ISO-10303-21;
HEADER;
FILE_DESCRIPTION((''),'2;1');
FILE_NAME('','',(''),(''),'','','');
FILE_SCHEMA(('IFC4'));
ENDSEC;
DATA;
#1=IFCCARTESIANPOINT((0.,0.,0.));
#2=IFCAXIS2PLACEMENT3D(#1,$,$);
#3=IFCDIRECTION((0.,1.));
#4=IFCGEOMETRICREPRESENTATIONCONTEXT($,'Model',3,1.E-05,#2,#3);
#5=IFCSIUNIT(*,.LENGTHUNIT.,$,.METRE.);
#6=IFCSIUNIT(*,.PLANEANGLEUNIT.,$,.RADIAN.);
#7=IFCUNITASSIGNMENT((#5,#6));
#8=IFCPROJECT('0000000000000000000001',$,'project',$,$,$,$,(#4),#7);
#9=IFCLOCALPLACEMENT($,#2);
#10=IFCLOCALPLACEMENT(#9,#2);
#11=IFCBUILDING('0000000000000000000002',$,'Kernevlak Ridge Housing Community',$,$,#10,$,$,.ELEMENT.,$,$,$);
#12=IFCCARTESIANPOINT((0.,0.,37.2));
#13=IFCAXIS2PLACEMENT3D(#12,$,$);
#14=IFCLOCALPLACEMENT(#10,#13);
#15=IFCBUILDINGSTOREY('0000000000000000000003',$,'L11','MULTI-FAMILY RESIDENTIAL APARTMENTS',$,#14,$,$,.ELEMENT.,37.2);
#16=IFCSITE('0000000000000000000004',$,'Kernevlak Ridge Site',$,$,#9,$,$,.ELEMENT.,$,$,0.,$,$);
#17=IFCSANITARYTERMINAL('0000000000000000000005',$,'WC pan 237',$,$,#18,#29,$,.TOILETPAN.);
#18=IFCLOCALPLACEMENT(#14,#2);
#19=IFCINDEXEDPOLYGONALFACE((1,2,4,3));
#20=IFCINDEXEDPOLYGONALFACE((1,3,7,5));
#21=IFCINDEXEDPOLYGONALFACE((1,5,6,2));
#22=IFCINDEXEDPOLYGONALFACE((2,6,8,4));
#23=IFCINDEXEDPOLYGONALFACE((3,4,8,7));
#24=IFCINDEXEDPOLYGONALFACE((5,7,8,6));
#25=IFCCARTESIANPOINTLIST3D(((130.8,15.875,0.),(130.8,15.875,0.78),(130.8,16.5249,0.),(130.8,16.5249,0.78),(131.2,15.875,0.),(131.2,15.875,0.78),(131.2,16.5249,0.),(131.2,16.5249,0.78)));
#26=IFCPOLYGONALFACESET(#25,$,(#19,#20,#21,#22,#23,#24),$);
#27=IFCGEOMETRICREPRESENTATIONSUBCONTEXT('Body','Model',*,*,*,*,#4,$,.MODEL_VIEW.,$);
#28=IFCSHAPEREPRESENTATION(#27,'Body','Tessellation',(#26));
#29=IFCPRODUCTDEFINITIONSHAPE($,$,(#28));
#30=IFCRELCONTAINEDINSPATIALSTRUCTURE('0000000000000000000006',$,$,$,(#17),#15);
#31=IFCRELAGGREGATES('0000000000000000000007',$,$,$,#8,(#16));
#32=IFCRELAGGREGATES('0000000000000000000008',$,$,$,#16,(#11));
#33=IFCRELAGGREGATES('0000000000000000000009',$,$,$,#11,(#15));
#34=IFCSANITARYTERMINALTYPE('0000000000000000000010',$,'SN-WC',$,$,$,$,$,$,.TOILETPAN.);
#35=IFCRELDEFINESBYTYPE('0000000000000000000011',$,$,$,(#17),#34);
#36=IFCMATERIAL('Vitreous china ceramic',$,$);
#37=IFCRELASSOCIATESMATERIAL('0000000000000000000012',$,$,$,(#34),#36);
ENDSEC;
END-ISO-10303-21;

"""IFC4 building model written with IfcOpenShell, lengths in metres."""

from ifc_helpers import new_model, si_unit, direction, frame, origin, origin_2d, place, context, subcontext, project, spatial, rectangle, extrude, material, type_object, element, save


model = new_model("IFC4")

# Units and contexts
model_context = context("Model", 3, precision=1e-05, world=origin(), true_north=direction((0.0, 1.0)))
body_context = subcontext(model_context, "Body", "Model", "MODEL_VIEW")
ifc_project = project(units=[si_unit("LENGTHUNIT", "METRE"), si_unit("PLANEANGLEUNIT", "RADIAN")], contexts=[model_context])

# Site, building, storey
site_placement = place(None, origin())
site = spatial("IfcSite", under=ifc_project, at=site_placement, Name="Kernevlak Ridge Site", CompositionType="ELEMENT", RefElevation=0.0)
building_placement = place(site_placement, origin())
building = spatial("IfcBuilding", under=site, at=building_placement, Name="Kernevlak Ridge Housing Community", CompositionType="ELEMENT")
storey_placement = place(building_placement, frame((0.0, 0.0, 37.2)))
storey = spatial("IfcBuildingStorey", under=building, at=storey_placement, Name="L11", Description="MULTI-FAMILY RESIDENTIAL APARTMENTS", CompositionType="ELEMENT", Elevation=37.2)

# Sanitary terminal
ifc_material_1 = material(Name="Vitreous china ceramic")
sanitary_terminal_type_1 = type_object("IfcSanitaryTerminalType", Name="SN-WC", PredefinedType="TOILETPAN", material=ifc_material_1)
sanitary_terminal_1_placement = place(storey_placement, frame((131.0, 16.2, 0.0), z_axis=(0.0, 0.0, 1.0), x_axis=(1.0, 0.0, 0.0)))
element("IfcSanitaryTerminal", 1, at=sanitary_terminal_1_placement, inside=storey, type_object=sanitary_terminal_type_1, Name="WC pan 237", PredefinedType="TOILETPAN", context=body_context, shape_type="SweptSolid", body=[
    extrude(rectangle(XDim=0.3999, YDim=0.6499, at=origin_2d()), origin(), (0.0, 0.0, 1.0), 0.78),
])

save(model, "model.ifc")
